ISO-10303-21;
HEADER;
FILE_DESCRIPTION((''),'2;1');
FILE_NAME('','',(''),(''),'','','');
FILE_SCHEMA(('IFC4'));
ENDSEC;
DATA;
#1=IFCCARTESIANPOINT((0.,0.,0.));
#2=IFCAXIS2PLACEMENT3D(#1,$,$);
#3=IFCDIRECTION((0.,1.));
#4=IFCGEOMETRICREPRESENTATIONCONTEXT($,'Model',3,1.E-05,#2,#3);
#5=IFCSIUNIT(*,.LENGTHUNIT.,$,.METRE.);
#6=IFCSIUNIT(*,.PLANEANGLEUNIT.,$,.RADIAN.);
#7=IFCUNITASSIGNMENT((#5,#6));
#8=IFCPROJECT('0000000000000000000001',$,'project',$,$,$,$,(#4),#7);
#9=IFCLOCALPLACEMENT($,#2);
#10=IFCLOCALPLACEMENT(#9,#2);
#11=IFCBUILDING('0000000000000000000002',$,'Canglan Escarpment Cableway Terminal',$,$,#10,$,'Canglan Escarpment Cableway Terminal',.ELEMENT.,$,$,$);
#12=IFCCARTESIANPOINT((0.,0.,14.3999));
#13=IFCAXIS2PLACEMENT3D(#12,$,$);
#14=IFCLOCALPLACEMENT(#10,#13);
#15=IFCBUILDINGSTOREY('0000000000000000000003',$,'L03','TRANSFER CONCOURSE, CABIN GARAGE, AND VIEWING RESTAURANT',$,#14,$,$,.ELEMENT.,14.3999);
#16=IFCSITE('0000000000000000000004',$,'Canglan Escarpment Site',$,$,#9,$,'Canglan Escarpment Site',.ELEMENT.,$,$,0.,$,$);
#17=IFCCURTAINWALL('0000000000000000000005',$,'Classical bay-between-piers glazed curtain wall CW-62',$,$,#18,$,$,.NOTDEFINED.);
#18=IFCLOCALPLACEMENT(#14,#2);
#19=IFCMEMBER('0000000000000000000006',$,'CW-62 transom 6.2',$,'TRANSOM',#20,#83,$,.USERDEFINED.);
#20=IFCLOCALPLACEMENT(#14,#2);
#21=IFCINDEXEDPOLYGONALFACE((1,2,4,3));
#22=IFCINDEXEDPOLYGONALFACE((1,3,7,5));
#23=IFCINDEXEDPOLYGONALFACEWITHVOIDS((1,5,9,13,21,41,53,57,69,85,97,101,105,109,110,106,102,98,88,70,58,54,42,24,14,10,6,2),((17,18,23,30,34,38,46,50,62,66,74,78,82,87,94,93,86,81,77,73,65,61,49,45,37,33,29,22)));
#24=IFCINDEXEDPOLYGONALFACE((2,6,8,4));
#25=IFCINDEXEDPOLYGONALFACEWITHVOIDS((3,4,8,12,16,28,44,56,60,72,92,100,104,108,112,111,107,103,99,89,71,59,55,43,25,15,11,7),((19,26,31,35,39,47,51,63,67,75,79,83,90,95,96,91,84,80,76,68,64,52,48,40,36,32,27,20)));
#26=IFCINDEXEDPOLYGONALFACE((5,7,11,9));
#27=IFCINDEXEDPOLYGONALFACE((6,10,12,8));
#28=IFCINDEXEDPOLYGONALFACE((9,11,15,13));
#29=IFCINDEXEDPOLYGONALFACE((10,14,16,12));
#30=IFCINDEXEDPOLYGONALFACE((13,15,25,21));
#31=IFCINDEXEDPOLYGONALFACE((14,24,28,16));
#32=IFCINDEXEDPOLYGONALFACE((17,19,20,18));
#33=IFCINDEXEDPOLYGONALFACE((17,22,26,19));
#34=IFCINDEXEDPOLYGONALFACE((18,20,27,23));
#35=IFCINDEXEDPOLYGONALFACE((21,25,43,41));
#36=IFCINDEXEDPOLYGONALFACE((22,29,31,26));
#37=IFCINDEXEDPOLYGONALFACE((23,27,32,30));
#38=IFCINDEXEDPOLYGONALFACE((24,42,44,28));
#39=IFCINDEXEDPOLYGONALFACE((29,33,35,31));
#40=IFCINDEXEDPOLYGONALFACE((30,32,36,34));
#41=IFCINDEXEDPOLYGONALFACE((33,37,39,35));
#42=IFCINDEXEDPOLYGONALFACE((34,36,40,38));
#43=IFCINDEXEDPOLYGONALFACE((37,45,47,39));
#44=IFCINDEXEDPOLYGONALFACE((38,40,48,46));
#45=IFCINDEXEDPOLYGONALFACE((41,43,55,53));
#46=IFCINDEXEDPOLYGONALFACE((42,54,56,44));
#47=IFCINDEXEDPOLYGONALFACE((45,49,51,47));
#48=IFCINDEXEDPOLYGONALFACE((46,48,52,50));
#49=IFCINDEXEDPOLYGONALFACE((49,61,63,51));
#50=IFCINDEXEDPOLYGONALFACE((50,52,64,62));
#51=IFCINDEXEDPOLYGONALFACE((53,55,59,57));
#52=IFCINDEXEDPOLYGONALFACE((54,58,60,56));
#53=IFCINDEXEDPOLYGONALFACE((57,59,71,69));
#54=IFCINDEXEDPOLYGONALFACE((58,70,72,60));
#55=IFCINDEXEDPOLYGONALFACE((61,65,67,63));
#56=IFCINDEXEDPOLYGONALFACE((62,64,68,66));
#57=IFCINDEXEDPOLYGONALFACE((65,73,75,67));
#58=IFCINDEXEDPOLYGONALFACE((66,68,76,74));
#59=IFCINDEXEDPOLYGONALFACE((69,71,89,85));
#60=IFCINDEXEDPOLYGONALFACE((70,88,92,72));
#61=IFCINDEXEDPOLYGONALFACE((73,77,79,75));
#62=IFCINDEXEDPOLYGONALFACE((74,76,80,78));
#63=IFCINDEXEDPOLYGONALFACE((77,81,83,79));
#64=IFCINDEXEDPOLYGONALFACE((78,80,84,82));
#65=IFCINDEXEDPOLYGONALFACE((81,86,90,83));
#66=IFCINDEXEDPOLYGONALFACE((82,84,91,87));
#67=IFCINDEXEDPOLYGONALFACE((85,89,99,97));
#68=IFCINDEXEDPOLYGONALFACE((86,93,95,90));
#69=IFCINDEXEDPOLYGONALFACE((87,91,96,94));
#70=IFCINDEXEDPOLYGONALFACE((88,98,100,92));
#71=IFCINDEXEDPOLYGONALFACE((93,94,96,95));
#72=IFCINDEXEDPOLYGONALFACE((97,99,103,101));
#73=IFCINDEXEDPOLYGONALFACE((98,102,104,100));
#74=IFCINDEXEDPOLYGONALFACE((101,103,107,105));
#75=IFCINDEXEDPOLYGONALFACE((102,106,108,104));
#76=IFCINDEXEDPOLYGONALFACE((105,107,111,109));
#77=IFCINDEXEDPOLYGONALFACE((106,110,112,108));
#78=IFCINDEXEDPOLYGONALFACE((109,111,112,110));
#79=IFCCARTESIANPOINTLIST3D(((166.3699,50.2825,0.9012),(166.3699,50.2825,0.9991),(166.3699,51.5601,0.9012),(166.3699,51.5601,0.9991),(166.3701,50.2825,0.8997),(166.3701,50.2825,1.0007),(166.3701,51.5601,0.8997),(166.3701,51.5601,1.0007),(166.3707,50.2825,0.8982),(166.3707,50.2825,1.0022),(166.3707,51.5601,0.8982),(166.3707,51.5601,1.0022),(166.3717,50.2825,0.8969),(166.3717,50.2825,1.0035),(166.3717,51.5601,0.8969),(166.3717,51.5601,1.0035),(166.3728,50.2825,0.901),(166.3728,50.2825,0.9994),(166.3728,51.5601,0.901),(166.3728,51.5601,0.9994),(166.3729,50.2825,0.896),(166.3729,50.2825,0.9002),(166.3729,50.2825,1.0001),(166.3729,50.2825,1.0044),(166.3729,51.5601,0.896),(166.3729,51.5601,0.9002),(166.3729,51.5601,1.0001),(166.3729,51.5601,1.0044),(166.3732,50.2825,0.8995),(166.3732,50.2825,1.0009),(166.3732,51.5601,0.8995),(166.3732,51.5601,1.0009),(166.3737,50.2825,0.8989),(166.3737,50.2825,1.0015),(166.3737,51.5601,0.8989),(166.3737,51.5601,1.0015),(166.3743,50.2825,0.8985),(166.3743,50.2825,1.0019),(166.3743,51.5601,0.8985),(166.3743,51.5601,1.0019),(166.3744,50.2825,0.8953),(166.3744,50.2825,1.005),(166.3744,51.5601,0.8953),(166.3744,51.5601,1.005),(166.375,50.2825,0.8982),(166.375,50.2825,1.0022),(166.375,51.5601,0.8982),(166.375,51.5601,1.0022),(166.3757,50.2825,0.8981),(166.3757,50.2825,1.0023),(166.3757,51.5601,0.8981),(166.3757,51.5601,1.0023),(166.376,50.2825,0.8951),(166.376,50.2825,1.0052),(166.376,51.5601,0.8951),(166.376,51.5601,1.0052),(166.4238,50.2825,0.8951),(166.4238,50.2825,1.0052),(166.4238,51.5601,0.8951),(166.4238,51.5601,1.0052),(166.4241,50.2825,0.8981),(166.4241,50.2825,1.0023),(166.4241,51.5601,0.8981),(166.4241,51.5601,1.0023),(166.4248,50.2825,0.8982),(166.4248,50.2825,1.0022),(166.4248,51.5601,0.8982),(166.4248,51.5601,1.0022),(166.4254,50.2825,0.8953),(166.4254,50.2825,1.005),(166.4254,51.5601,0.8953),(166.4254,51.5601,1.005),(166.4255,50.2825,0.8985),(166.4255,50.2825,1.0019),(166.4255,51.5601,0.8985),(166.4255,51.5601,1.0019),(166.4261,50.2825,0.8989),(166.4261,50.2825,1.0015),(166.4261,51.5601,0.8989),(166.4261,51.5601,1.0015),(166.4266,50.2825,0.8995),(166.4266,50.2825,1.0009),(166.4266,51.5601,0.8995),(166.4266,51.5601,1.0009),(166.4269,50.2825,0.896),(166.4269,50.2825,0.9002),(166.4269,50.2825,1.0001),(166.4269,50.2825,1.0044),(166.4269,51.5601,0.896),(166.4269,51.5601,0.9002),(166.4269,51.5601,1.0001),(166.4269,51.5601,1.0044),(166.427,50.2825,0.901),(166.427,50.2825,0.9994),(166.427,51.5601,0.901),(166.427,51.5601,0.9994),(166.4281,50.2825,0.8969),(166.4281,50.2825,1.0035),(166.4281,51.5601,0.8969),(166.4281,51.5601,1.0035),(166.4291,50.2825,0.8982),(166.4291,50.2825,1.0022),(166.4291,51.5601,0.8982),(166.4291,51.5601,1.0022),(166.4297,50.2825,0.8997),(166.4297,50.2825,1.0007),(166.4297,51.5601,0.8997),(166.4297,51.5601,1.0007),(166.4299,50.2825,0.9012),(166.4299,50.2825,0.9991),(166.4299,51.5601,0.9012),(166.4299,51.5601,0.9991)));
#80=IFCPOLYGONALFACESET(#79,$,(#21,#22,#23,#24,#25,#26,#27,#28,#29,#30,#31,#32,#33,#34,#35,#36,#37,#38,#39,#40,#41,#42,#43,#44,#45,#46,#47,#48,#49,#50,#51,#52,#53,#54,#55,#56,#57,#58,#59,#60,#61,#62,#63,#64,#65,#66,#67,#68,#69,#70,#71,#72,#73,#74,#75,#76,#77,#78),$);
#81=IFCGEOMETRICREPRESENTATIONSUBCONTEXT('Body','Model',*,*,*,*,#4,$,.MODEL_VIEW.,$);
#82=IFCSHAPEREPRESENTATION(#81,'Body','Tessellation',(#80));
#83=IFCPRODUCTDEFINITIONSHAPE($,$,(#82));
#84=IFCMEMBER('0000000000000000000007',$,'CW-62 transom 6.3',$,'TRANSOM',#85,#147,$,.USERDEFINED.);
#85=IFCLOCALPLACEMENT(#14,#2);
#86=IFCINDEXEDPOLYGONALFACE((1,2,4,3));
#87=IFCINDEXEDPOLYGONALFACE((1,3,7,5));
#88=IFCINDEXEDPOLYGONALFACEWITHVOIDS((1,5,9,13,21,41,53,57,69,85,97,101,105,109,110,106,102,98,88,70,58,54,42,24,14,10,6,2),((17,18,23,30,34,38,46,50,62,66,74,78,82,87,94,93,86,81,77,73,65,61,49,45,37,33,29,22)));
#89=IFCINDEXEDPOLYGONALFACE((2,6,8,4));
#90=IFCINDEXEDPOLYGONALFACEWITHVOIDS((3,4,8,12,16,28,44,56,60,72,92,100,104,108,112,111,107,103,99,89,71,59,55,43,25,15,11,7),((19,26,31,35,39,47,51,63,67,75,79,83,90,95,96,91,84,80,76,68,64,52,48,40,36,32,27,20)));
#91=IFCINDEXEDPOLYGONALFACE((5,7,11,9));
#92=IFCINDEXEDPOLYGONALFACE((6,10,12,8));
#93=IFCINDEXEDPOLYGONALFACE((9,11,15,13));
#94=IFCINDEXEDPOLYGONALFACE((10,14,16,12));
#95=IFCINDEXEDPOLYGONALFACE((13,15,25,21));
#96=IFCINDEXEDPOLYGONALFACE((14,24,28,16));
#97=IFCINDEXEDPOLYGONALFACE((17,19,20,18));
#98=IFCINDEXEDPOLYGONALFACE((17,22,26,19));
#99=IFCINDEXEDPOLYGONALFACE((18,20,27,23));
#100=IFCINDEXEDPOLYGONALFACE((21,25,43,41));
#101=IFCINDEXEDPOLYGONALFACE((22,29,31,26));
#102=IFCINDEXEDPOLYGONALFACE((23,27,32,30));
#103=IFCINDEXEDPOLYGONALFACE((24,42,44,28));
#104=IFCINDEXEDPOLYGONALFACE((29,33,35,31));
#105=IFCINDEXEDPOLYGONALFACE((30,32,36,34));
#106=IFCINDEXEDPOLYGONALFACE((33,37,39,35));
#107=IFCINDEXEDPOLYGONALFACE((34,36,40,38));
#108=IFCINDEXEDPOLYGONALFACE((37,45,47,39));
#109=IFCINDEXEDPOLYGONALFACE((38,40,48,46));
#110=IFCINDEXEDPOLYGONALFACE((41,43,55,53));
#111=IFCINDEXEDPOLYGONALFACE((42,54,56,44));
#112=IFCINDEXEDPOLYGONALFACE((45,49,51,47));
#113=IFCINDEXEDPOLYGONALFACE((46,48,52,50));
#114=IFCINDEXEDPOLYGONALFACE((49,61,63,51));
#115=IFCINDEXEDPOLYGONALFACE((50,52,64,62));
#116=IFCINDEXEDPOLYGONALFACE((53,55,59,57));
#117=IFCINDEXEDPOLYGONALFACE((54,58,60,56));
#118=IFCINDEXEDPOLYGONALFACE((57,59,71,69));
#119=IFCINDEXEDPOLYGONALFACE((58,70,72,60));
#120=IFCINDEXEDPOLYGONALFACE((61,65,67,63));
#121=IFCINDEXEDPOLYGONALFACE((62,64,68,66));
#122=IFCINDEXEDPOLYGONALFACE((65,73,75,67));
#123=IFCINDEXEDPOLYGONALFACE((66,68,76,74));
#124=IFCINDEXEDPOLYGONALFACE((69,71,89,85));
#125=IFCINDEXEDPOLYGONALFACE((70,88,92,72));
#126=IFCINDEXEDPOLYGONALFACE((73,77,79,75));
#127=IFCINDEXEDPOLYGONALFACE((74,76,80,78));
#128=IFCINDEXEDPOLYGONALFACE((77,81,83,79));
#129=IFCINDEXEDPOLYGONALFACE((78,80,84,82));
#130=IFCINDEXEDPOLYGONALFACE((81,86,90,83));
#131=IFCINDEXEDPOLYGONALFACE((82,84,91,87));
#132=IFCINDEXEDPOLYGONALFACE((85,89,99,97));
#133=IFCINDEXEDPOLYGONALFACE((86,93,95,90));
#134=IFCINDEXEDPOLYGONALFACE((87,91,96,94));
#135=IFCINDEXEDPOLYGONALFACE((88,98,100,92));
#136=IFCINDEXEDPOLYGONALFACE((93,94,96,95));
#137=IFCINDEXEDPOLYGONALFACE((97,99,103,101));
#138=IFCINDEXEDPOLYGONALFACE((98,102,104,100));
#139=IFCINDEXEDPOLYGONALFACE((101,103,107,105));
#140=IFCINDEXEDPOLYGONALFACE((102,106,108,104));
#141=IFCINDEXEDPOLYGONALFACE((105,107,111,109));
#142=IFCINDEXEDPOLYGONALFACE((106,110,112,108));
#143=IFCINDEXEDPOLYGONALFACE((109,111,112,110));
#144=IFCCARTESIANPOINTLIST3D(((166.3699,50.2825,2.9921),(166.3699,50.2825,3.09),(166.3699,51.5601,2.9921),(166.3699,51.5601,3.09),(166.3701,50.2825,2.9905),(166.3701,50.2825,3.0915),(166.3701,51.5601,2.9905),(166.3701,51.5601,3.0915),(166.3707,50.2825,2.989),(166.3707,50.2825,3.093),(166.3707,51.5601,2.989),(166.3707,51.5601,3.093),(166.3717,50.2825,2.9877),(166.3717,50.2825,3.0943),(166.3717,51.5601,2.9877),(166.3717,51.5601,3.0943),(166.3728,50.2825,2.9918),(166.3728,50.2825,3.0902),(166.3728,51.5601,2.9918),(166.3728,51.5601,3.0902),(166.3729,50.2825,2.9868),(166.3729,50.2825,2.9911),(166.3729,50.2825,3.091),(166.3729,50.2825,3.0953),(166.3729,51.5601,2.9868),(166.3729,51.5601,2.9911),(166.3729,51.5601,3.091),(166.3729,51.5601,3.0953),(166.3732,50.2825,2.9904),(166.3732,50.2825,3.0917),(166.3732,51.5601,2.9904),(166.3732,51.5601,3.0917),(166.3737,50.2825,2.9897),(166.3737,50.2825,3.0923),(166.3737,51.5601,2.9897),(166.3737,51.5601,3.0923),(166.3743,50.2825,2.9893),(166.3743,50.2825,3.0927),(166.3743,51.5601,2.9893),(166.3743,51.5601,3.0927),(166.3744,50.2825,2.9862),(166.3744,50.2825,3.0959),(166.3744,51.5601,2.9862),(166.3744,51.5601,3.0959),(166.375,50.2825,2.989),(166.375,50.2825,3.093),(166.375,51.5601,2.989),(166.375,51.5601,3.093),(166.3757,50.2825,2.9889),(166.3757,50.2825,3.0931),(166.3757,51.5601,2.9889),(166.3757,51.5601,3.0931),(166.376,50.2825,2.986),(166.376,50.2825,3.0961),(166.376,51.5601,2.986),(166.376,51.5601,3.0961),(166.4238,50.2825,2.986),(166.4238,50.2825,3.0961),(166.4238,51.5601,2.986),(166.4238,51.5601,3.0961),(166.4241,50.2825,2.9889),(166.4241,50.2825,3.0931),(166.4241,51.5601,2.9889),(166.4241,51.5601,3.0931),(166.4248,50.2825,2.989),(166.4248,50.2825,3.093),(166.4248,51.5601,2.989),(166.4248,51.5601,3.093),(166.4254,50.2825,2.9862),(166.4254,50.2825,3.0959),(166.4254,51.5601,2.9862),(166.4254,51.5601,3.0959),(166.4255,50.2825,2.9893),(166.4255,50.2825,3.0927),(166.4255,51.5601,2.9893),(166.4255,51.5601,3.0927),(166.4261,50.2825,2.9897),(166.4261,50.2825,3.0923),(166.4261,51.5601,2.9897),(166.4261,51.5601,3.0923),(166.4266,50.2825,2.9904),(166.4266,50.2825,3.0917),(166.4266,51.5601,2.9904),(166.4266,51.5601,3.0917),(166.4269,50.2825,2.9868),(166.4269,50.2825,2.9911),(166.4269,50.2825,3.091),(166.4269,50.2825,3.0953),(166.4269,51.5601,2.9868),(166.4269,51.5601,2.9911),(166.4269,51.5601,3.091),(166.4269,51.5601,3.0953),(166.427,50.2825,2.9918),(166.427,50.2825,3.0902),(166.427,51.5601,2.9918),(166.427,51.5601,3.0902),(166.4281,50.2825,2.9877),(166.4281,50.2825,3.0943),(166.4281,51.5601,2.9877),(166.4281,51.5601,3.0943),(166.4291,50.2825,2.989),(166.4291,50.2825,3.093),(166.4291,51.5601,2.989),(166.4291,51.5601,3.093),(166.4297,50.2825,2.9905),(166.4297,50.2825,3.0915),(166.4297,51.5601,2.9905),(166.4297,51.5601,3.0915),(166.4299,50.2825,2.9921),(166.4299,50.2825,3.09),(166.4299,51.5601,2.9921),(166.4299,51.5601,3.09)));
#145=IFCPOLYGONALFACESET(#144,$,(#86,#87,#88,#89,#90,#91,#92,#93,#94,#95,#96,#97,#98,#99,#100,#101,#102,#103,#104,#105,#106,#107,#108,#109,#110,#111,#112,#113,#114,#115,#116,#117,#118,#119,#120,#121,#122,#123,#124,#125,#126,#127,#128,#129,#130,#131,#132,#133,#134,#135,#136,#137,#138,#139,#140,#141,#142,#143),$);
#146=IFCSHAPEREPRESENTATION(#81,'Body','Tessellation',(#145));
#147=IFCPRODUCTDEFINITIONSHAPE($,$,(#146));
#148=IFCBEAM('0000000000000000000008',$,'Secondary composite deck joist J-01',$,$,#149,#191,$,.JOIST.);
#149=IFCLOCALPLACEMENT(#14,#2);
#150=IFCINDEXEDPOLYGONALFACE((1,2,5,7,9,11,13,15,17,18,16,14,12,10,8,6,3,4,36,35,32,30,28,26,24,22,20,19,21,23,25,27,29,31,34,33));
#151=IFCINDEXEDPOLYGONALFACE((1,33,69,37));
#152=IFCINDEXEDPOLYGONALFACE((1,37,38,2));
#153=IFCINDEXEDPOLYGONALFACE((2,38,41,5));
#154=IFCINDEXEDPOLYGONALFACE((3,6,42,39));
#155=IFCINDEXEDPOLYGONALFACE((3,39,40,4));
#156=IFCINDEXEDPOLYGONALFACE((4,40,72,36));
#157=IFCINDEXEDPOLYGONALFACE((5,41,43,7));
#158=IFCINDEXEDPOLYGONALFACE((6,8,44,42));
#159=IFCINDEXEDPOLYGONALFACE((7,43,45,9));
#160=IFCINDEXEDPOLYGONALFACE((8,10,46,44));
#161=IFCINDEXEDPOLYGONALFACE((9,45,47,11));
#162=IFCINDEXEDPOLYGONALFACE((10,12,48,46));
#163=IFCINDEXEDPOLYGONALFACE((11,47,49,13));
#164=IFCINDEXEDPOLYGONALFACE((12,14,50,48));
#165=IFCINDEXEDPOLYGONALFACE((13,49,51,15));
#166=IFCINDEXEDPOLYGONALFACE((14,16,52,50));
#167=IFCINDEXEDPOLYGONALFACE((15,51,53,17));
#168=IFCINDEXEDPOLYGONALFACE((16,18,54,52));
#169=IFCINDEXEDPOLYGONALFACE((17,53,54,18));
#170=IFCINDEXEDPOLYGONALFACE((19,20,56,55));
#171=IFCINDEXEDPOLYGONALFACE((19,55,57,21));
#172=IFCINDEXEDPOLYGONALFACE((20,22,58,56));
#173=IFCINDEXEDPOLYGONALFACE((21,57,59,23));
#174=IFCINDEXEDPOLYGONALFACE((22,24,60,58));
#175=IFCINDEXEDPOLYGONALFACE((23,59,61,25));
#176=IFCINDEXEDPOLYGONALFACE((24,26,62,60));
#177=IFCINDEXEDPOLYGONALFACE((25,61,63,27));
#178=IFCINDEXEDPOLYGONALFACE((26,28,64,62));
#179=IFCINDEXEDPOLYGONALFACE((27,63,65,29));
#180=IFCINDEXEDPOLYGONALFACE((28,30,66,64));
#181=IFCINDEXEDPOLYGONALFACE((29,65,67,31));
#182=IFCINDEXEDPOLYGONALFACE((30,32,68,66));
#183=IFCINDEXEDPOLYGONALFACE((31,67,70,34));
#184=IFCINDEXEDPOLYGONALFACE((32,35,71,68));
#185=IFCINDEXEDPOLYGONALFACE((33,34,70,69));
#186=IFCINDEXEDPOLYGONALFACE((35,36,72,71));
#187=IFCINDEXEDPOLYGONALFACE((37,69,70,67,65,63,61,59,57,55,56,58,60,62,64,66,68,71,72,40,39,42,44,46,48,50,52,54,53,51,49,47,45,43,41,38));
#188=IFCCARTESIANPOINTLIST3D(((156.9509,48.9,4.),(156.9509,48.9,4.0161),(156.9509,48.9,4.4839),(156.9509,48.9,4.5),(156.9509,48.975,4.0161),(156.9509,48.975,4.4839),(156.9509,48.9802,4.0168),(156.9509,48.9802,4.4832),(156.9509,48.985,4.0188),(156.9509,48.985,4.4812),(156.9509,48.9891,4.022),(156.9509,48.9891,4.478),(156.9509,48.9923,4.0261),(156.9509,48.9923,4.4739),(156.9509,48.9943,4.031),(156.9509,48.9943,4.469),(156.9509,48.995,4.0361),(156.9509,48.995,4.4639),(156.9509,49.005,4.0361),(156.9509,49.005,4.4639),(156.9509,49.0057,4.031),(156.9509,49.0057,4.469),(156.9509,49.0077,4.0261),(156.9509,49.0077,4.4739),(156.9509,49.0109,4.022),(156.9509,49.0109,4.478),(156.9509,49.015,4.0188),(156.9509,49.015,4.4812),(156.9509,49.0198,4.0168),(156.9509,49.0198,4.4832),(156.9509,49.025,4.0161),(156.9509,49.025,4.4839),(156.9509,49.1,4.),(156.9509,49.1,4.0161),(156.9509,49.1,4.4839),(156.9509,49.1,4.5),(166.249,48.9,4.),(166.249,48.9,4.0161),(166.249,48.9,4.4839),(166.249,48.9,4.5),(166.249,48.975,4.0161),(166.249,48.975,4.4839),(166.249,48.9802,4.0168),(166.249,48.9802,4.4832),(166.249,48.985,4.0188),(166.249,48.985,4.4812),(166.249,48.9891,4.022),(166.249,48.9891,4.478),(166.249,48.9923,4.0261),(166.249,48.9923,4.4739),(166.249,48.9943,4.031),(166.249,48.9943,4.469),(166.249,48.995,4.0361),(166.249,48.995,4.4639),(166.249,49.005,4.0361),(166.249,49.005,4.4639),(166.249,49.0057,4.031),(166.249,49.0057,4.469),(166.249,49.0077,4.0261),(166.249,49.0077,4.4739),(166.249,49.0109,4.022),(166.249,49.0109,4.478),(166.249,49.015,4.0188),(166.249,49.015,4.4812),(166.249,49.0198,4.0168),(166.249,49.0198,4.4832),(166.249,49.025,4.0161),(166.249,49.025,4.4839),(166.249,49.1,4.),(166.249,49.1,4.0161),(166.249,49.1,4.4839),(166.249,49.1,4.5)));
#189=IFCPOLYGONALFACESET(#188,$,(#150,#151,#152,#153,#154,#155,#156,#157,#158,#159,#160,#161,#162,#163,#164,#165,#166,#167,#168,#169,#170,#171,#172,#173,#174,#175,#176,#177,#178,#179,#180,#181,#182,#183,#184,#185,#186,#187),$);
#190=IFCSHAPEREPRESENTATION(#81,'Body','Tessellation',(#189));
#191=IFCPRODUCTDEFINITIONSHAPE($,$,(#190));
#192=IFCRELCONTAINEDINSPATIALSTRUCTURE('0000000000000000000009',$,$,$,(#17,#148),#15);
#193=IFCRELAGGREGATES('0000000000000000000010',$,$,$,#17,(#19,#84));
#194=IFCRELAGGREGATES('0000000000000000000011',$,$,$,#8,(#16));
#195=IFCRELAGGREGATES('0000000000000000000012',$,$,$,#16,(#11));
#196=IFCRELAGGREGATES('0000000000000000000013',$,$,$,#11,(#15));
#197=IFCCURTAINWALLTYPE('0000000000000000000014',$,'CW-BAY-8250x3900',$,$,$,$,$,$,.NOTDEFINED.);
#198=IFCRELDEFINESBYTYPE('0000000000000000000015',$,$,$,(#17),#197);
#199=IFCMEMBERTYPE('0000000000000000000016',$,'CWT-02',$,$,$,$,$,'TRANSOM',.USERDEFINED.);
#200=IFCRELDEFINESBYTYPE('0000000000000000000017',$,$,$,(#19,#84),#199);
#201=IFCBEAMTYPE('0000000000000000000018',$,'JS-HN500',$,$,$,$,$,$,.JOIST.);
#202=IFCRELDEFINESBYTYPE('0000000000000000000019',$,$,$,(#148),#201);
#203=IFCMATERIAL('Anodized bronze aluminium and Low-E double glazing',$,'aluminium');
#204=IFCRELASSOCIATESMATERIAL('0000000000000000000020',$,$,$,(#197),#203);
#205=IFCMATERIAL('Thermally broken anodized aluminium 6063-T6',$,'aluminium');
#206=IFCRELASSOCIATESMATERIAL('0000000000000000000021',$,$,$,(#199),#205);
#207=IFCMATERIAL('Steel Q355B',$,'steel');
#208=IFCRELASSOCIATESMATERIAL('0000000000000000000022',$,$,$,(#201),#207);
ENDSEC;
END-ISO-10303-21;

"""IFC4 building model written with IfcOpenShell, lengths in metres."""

from ifc_helpers import new_model, si_unit, direction, frame, origin, origin_2d, place, context, subcontext, project, spatial, hollow_rectangle, i_section, extrude, material, material_profile, profile_set, type_object, element, aggregate, save


model = new_model("IFC4")

# Units and contexts
model_context = context("Model", 3, precision=1e-05, world=origin(), true_north=direction((0.0, 1.0)))
body_context = subcontext(model_context, "Body", "Model", "MODEL_VIEW")
ifc_project = project(units=[si_unit("LENGTHUNIT", "METRE"), si_unit("PLANEANGLEUNIT", "RADIAN")], contexts=[model_context])

# Site, building, storey
site_placement = place(None, origin())
site = spatial("IfcSite", under=ifc_project, at=site_placement, Name="Canglan Escarpment Site", LongName="Canglan Escarpment Site", CompositionType="ELEMENT", RefElevation=0.0)
building_placement = place(site_placement, origin())
building = spatial("IfcBuilding", under=site, at=building_placement, Name="Canglan Escarpment Cableway Terminal", LongName="Canglan Escarpment Cableway Terminal", CompositionType="ELEMENT")
storey_placement = place(building_placement, frame((0.0, 0.0, 14.3999)))
storey = spatial("IfcBuildingStorey", under=building, at=storey_placement, Name="L03", Description="TRANSFER CONCOURSE, CABIN GARAGE, AND VIEWING RESTAURANT", CompositionType="ELEMENT", Elevation=14.3999)

# Curtain wall, members
ifc_material_1 = material(Name="Anodized bronze aluminium and Low-E double glazing", Category="aluminium")
curtain_wall_type = type_object("IfcCurtainWallType", Name="CW-BAY-8250x3900", PredefinedType="NOTDEFINED", material=ifc_material_1)
curtain_wall_placement = place(storey_placement, origin())
curtain_wall = element("IfcCurtainWall", 1, at=curtain_wall_placement, inside=storey, type_object=curtain_wall_type, Name="Classical bay-between-piers glazed curtain wall CW-62", PredefinedType="NOTDEFINED")
ifc_material_2 = material(Name="Thermally broken anodized aluminium 6063-T6", Category="aluminium")
ifc_material_profile_1 = material_profile(ifc_material_2, hollow_rectangle(XDim=0.0601, YDim=0.1101, WallThickness=0.0029, InnerFilletRadius=0.0029, OuterFilletRadius=0.0061, at=origin_2d()), Name="ALU-TRAN 60x110x3")
ifc_profile_set_1 = profile_set([ifc_material_profile_1], Name="Thermally broken anodized aluminium 6063-T6")
member_type_1 = type_object("IfcMemberType", Name="CWT-02", ElementType="TRANSOM", PredefinedType="USERDEFINED", material=ifc_profile_set_1)
member_1_placement = place(storey_placement, frame((166.3999, 50.2825, 0.9502), z_axis=(0.0, 1.0, 0.0), x_axis=(-1.0, 0.0, 0.0)))
member_1 = element("IfcMember", 2, at=member_1_placement, type_object=member_type_1, Name="CW-62 transom 6.2", ObjectType="TRANSOM", PredefinedType="USERDEFINED", context=body_context, shape_type="SweptSolid", body=[
    extrude(hollow_rectangle(XDim=0.0601, YDim=0.1101, WallThickness=0.0029, InnerFilletRadius=0.0029, OuterFilletRadius=0.0061, at=origin_2d()), origin(), (0.0, 0.0, 1.0), 1.2776),
])
member_2_placement = place(storey_placement, frame((166.3999, 50.2825, 3.041), z_axis=(0.0, 1.0, 0.0), x_axis=(-1.0, 0.0, 0.0)))
member_2 = element("IfcMember", 3, at=member_2_placement, type_object=member_type_1, Name="CW-62 transom 6.3", ObjectType="TRANSOM", PredefinedType="USERDEFINED", context=body_context, shape_type="SweptSolid", body=[
    extrude(hollow_rectangle(XDim=0.0601, YDim=0.1101, WallThickness=0.0029, InnerFilletRadius=0.0029, OuterFilletRadius=0.0061, at=origin_2d()), origin(), (0.0, 0.0, 1.0), 1.2776),
])

# Beam
ifc_material_3 = material(Name="Steel Q355B", Category="steel")
ifc_material_profile_2 = material_profile(ifc_material_3, i_section(OverallWidth=0.2, OverallDepth=0.5, WebThickness=0.01, FlangeThickness=0.0161, FilletRadius=0.02, at=origin_2d()), Name="HN 500x200x10x16")
ifc_profile_set_2 = profile_set([ifc_material_profile_2], Name="Steel Q355B")
beam_type_1 = type_object("IfcBeamType", Name="JS-HN500", PredefinedType="JOIST", material=ifc_profile_set_2)
for number, where, z_axis, x_axis, name in (
    (4, (156.9509, 49.0, 4.25), (1.0, 0.0, 0.0), (0.0, 1.0, 0.0), "Secondary composite deck joist J-01"),
):
    element("IfcBeam", number, at=place(storey_placement, frame(where, z_axis=z_axis, x_axis=x_axis)), inside=storey, type_object=beam_type_1, Name=name, PredefinedType="JOIST", context=body_context, shape_type="SweptSolid", body=[
        extrude(i_section(OverallWidth=0.2, OverallDepth=0.5, WebThickness=0.01, FlangeThickness=0.0161, FilletRadius=0.02, at=origin_2d()), origin(), (0.0, 0.0, 1.0), 9.2981),
    ])

aggregate(curtain_wall, [member_1, member_2])

save(model, "model.ifc")
